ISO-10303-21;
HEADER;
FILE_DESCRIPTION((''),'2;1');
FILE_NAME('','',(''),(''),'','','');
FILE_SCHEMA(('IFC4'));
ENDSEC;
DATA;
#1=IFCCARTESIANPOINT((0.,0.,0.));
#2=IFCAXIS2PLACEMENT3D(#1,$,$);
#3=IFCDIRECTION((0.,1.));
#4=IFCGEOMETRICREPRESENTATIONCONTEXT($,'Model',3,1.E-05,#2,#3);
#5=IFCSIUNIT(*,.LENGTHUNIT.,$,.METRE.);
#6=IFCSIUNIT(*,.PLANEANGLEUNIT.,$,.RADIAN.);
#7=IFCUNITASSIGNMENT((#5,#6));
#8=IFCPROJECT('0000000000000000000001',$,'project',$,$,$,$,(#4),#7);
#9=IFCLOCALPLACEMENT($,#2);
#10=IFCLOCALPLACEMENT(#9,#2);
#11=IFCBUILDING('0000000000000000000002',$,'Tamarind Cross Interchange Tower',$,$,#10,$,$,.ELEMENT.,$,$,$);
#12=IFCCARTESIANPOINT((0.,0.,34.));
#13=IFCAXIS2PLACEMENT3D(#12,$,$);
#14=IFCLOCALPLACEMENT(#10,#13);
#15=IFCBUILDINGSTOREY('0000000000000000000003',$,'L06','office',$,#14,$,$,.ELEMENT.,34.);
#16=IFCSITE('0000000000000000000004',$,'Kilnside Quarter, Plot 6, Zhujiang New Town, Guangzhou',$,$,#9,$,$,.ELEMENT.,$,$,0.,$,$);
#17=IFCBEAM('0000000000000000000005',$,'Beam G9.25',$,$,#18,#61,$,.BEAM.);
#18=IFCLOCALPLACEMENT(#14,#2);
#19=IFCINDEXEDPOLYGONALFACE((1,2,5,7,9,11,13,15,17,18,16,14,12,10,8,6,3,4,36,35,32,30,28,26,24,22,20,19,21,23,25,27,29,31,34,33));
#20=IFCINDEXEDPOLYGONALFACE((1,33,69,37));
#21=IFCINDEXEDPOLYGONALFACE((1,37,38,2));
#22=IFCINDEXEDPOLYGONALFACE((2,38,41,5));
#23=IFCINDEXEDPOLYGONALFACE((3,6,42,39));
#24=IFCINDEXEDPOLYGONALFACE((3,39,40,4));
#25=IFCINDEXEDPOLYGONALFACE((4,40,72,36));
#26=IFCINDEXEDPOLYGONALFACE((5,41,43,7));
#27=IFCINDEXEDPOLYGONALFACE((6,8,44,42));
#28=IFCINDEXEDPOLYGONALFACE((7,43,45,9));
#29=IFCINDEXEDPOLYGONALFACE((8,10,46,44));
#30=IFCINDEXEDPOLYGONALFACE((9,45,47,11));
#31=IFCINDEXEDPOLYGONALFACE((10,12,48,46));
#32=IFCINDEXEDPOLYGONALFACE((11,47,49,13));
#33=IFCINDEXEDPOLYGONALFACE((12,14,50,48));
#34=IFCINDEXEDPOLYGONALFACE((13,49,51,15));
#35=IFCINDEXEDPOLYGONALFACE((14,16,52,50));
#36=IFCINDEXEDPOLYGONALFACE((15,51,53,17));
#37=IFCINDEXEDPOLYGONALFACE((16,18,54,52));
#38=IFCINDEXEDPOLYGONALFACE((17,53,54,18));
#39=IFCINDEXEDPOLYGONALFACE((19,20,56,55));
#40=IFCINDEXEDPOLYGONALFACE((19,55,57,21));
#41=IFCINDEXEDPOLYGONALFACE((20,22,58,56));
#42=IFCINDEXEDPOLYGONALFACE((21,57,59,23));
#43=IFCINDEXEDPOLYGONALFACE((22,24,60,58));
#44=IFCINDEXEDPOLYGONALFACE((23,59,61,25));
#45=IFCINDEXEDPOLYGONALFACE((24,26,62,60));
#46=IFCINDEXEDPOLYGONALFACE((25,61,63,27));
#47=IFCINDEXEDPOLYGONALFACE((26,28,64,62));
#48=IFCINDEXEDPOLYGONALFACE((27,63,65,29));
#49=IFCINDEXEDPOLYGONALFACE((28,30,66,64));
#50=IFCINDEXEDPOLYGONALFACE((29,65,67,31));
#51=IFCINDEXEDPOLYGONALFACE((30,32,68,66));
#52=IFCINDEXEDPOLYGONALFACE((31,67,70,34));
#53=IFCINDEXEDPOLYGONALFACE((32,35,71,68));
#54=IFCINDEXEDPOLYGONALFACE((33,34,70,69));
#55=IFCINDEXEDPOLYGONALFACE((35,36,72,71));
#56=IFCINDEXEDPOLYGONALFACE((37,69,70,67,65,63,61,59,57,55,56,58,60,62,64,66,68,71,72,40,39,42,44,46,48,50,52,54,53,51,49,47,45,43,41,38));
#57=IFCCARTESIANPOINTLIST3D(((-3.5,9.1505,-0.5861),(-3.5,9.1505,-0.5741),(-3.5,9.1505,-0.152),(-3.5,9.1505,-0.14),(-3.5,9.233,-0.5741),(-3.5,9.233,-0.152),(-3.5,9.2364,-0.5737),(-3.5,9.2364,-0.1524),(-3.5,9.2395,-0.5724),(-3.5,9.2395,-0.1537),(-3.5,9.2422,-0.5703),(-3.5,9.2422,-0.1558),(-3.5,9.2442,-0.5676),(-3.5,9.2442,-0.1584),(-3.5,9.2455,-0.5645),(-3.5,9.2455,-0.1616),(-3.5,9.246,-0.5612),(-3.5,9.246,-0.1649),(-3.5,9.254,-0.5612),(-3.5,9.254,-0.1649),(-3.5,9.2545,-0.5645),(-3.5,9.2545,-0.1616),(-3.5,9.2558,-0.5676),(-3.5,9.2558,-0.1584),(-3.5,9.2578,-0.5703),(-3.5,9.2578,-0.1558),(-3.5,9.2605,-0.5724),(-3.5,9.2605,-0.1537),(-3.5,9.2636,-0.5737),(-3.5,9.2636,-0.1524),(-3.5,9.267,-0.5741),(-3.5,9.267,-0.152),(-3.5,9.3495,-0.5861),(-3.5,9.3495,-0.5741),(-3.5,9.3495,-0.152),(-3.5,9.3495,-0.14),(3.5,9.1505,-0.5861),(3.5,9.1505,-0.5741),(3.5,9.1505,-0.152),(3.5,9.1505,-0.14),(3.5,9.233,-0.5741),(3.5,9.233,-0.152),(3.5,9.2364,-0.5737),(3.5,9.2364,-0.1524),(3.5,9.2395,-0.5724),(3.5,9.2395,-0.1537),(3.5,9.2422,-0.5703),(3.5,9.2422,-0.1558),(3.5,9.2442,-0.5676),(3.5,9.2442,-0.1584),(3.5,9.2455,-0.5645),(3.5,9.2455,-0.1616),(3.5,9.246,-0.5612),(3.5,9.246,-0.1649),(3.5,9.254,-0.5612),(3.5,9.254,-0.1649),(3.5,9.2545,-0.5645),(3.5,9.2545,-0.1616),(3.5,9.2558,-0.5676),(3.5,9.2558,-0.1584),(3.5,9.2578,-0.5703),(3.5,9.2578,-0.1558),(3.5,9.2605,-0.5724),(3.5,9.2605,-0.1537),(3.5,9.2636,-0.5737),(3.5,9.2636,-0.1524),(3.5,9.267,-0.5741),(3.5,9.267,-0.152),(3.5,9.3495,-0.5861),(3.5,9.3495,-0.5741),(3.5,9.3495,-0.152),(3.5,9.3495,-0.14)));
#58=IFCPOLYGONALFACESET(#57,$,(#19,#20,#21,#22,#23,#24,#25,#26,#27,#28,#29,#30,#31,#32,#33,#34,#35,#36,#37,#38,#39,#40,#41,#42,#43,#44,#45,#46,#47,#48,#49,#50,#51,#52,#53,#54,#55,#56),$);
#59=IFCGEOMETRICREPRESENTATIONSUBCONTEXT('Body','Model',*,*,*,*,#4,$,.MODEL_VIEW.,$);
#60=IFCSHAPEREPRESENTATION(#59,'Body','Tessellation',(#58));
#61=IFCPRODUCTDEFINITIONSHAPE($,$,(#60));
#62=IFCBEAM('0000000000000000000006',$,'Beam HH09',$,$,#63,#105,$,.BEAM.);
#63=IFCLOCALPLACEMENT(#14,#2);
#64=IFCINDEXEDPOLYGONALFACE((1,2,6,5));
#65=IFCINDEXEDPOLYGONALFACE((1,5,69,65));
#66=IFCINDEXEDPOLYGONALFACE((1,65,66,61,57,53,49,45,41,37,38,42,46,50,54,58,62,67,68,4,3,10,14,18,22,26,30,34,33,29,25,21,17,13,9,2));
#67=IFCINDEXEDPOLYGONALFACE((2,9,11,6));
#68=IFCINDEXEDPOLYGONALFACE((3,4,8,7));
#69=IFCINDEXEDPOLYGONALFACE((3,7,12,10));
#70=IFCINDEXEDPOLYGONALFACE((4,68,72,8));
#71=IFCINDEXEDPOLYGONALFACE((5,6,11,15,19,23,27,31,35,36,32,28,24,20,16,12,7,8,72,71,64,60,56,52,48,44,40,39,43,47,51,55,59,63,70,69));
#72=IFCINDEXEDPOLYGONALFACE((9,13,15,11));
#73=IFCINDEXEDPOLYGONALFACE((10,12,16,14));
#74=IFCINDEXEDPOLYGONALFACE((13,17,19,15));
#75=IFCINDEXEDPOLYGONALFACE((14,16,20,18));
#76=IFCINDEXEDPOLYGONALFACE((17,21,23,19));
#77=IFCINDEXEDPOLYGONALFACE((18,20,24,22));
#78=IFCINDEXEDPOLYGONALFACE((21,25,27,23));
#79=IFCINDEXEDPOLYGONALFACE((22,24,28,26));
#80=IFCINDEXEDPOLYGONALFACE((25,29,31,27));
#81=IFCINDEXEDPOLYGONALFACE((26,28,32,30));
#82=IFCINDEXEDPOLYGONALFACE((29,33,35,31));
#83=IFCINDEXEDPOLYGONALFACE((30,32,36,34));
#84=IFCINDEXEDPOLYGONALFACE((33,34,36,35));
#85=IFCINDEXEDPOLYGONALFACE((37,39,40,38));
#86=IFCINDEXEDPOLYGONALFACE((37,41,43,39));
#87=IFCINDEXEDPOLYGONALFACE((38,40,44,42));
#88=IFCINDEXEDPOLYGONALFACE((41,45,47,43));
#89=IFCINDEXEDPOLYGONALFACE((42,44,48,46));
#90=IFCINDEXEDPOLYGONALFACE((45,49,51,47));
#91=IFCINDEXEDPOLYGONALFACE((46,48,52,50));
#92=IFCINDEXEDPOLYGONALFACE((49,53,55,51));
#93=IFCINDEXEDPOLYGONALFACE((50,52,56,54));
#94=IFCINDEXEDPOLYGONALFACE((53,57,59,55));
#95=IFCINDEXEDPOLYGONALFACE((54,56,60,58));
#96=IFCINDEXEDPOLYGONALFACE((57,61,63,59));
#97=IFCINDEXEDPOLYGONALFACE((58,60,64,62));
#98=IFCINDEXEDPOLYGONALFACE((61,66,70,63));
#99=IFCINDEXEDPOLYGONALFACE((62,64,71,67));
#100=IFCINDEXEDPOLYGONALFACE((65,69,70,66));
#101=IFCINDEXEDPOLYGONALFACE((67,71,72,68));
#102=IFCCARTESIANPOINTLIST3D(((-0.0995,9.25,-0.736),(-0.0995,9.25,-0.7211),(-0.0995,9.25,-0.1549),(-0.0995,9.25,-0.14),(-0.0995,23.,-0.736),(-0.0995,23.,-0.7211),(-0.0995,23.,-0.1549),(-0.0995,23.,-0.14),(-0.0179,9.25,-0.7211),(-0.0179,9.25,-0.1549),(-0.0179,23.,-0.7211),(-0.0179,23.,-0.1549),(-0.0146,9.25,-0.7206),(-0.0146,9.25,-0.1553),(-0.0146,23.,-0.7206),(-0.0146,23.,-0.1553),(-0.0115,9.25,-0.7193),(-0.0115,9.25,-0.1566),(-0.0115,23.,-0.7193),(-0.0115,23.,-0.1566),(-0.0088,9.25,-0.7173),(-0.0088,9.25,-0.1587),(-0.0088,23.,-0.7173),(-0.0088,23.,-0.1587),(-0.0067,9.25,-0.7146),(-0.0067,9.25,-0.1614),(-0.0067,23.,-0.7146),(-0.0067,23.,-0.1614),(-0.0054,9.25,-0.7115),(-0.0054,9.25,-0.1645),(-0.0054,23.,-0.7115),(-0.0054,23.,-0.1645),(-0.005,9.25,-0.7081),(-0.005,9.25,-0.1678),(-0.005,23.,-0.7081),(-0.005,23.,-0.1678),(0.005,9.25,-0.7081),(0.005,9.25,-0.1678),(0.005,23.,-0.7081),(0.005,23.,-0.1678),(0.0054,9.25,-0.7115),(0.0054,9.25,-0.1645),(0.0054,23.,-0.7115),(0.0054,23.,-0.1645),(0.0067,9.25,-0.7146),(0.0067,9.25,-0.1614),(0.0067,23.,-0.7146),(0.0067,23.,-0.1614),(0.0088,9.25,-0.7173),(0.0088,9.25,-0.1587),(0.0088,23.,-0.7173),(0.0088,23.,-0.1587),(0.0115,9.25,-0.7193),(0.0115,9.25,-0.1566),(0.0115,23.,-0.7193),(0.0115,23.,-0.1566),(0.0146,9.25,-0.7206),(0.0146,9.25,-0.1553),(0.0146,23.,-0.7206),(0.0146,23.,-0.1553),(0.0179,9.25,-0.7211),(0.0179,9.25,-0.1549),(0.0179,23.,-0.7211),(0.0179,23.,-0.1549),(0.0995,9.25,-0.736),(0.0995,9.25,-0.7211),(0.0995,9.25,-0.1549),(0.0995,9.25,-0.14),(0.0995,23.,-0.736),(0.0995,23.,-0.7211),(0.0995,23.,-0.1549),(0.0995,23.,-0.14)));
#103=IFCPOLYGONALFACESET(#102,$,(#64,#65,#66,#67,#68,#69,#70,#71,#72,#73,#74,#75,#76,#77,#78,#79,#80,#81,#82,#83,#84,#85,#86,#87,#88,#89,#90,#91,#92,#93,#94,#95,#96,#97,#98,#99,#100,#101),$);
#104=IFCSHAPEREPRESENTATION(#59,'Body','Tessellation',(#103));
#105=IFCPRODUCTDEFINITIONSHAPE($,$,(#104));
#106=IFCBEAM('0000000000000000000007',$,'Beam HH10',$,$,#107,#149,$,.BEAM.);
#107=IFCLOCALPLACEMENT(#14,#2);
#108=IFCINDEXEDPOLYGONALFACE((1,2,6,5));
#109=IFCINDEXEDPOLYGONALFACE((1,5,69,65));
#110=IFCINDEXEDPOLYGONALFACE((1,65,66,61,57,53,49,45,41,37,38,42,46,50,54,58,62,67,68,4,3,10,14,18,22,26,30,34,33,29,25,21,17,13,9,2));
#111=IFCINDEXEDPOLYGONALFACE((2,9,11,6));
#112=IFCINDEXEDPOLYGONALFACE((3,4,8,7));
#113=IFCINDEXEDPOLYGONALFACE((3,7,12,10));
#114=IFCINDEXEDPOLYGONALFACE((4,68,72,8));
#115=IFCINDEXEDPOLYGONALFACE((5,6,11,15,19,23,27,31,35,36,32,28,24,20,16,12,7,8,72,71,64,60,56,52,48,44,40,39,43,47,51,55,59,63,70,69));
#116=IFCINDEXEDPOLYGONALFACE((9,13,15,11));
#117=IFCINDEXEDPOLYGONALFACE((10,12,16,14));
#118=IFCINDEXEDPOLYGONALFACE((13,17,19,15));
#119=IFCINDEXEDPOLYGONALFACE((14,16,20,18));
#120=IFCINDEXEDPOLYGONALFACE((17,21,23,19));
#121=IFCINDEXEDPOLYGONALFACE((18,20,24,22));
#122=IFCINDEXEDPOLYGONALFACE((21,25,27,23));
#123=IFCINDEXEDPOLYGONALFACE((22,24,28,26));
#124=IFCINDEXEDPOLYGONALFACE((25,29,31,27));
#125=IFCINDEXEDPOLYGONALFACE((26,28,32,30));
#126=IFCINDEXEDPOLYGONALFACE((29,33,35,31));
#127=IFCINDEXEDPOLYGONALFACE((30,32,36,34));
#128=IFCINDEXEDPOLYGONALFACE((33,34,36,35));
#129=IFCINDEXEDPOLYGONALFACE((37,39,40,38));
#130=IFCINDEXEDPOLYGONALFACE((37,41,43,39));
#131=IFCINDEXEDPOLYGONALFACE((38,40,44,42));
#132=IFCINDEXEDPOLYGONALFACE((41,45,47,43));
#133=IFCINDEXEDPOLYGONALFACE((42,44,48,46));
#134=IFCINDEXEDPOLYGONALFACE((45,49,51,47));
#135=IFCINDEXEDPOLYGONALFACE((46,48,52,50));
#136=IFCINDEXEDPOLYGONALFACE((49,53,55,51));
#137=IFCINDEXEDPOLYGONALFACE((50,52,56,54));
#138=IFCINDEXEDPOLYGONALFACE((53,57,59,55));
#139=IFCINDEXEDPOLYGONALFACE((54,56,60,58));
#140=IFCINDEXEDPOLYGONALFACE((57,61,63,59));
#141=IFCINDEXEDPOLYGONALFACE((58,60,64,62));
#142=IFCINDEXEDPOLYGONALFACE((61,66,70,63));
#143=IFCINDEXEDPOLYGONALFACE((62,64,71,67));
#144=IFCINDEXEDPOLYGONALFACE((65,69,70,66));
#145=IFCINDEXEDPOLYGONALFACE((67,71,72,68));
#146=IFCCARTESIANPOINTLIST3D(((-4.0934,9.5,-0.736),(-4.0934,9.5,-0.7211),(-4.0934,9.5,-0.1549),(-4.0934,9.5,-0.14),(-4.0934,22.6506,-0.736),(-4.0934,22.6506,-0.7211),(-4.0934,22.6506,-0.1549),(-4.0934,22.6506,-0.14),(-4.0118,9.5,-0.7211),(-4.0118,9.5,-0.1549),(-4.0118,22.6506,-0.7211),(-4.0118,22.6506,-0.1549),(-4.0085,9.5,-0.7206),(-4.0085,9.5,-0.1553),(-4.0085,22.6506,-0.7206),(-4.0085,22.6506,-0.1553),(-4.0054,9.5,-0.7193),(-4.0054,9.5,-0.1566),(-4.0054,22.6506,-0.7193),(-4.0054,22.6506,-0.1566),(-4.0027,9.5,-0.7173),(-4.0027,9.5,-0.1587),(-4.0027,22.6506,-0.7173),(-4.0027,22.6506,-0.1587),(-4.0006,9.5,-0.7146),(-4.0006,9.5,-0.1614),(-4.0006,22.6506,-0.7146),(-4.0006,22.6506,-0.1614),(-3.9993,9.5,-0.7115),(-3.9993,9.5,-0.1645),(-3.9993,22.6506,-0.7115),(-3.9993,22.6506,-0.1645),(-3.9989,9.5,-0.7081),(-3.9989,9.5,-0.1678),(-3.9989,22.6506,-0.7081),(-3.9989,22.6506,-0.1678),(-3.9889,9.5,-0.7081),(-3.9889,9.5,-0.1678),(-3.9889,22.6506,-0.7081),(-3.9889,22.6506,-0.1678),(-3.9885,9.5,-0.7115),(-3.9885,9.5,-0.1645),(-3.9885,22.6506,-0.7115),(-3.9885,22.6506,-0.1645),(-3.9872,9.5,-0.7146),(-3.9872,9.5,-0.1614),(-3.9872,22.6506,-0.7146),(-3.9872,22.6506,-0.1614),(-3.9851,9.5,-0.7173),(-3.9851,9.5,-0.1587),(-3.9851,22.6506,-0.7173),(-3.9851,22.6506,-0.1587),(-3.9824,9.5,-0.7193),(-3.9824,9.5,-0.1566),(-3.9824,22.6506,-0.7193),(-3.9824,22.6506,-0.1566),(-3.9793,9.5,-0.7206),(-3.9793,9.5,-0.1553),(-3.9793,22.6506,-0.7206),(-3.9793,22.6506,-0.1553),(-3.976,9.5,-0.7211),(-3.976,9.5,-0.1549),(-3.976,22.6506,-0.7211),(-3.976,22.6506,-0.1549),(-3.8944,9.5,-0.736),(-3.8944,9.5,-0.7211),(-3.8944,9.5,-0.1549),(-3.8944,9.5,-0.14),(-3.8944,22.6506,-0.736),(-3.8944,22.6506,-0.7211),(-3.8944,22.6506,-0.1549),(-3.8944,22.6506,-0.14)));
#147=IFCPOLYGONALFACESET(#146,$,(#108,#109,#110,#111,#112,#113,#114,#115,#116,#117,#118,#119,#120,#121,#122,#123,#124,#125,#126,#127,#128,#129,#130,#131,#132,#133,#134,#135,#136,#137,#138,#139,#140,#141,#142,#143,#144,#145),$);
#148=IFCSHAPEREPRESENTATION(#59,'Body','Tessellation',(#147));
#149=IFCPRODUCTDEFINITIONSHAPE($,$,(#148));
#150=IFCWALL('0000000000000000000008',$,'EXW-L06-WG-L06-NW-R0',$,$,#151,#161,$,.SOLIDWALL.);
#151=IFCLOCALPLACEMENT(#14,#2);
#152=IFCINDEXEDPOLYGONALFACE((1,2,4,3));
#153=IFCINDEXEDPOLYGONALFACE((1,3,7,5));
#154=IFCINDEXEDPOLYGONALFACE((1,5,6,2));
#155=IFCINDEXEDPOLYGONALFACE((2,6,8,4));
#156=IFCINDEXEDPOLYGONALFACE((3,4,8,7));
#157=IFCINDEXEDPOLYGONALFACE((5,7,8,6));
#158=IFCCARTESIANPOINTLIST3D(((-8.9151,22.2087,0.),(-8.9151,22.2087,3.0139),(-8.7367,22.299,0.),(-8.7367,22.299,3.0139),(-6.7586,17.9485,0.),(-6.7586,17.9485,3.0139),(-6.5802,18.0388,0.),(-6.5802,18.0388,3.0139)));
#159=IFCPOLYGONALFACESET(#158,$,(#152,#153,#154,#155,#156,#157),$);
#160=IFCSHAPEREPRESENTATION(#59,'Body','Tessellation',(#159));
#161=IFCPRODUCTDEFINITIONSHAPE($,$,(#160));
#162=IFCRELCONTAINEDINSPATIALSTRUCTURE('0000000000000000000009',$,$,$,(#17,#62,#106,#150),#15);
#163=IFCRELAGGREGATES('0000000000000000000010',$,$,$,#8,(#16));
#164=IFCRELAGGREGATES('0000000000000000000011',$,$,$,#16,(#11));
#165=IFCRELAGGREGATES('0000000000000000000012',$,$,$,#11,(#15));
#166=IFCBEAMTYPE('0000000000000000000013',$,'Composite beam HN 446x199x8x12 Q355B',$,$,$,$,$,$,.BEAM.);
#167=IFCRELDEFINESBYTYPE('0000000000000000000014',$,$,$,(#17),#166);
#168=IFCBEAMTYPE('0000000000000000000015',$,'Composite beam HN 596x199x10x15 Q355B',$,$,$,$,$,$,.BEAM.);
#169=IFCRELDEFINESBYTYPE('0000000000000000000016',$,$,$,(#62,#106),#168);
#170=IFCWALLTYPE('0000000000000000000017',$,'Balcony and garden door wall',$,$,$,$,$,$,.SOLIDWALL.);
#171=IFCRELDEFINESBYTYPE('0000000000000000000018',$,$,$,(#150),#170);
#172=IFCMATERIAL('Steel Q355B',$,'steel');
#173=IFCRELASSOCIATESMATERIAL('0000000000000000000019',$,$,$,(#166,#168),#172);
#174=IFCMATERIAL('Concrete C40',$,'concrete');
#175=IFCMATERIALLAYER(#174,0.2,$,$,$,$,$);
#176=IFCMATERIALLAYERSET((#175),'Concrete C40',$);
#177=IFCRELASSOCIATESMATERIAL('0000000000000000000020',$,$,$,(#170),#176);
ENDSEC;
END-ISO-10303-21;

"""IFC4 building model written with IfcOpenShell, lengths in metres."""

from ifc_helpers import new_model, si_unit, direction, frame, frame_2d, origin, origin_2d, place, context, subcontext, project, spatial, rectangle, i_section, extrude, material, layer, layer_set, material_profile, profile_set, type_object, element, save


model = new_model("IFC4")

# Units and contexts
model_context = context("Model", 3, precision=1e-05, world=origin(), true_north=direction((0.0, 1.0)))
body_context = subcontext(model_context, "Body", "Model", "MODEL_VIEW")
ifc_project = project(units=[si_unit("LENGTHUNIT", "METRE"), si_unit("PLANEANGLEUNIT", "RADIAN")], contexts=[model_context])

# Site, building, storey
site_placement = place(None, origin())
site = spatial("IfcSite", under=ifc_project, at=site_placement, Name="Kilnside Quarter, Plot 6, Zhujiang New Town, Guangzhou", CompositionType="ELEMENT", RefElevation=0.0)
building_placement = place(site_placement, origin())
building = spatial("IfcBuilding", under=site, at=building_placement, Name="Tamarind Cross Interchange Tower", CompositionType="ELEMENT")
storey_placement = place(building_placement, frame((0.0, 0.0, 34.0)))
storey = spatial("IfcBuildingStorey", under=building, at=storey_placement, Name="L06", Description="office", CompositionType="ELEMENT", Elevation=34.0)

# Beams
ifc_material_1 = material(Name="Steel Q355B", Category="steel")
ifc_material_profile_1 = material_profile(ifc_material_1, i_section(OverallWidth=0.199, OverallDepth=0.446, WebThickness=0.0081, FlangeThickness=0.012, FilletRadius=0.0129, at=origin_2d()), Name="HN 446x199x8x12")
ifc_profile_set_1 = profile_set([ifc_material_profile_1], Name="Steel Q355B")
beam_type_1 = type_object("IfcBeamType", Name="Composite beam HN 446x199x8x12 Q355B", PredefinedType="BEAM", material=ifc_profile_set_1)
for number, where, z_axis, x_axis, name in (
    (1, (-3.5, 9.25, -0.363), (1.0, 0.0, 0.0), (0.0, 1.0, 0.0), "Beam G9.25"),
):
    element("IfcBeam", number, at=place(storey_placement, frame(where, z_axis=z_axis, x_axis=x_axis)), inside=storey, type_object=beam_type_1, Name=name, PredefinedType="BEAM", context=body_context, shape_type="SweptSolid", body=[
        extrude(i_section(OverallWidth=0.199, OverallDepth=0.446, WebThickness=0.0081, FlangeThickness=0.012, FilletRadius=0.0129, at=origin_2d()), origin(), (0.0, 0.0, 1.0), 7.0),
    ])
ifc_material_profile_2 = material_profile(ifc_material_1, i_section(OverallWidth=0.199, OverallDepth=0.5959, WebThickness=0.01, FlangeThickness=0.0149, FilletRadius=0.0129, at=origin_2d()), Name="HN 596x199x10x15")
ifc_profile_set_2 = profile_set([ifc_material_profile_2], Name="Steel Q355B")
beam_type_2 = type_object("IfcBeamType", Name="Composite beam HN 596x199x10x15 Q355B", PredefinedType="BEAM", material=ifc_profile_set_2)
beam_1_placement = place(storey_placement, frame((0.0, 23.0, -0.438), z_axis=(0.0, -1.0, 0.0), x_axis=(1.0, 0.0, 0.0)))
element("IfcBeam", 2, at=beam_1_placement, inside=storey, type_object=beam_type_2, Name="Beam HH09", PredefinedType="BEAM", context=body_context, shape_type="SweptSolid", body=[
    extrude(i_section(OverallWidth=0.199, OverallDepth=0.5959, WebThickness=0.01, FlangeThickness=0.0149, FilletRadius=0.0129, at=origin_2d()), origin(), (0.0, 0.0, 1.0), 13.75),
])
beam_2_placement = place(storey_placement, frame((-3.9939, 22.6506, -0.438), z_axis=(0.0, -1.0, 0.0), x_axis=(1.0, 0.0, 0.0)))
element("IfcBeam", 3, at=beam_2_placement, inside=storey, type_object=beam_type_2, Name="Beam HH10", PredefinedType="BEAM", context=body_context, shape_type="SweptSolid", body=[
    extrude(i_section(OverallWidth=0.199, OverallDepth=0.5959, WebThickness=0.01, FlangeThickness=0.0149, FilletRadius=0.0129, at=origin_2d()), origin(), (0.0, 0.0, 1.0), 13.1506),
])

# Shared definitions
ifc_material_2 = material(Name="Concrete C40", Category="concrete")
ifc_layer_1 = layer(ifc_material_2, 0.2)
ifc_layer_set_1 = layer_set([ifc_layer_1], Name="Concrete C40")
wall_type_1 = type_object("IfcWallType", Name="Balcony and garden door wall", PredefinedType="SOLIDWALL", material=ifc_layer_set_1)

# Wall
wall_1_placement = place(storey_placement, frame((-6.6694, 17.9937, 0.0), z_axis=(0.0, 0.0, 1.0), x_axis=(-0.451626, 0.892207, 0.0)))
element("IfcWall", 4, at=wall_1_placement, inside=storey, type_object=wall_type_1, Name="EXW-L06-WG-L06-NW-R0", PredefinedType="SOLIDWALL", context=body_context, shape_type="SweptSolid", body=[
    extrude(rectangle(XDim=4.7749, YDim=0.2, at=frame_2d((2.3875, 0.0))), origin(), (0.0, 0.0, 1.0), 3.0139),
])

save(model, "model.ifc")
